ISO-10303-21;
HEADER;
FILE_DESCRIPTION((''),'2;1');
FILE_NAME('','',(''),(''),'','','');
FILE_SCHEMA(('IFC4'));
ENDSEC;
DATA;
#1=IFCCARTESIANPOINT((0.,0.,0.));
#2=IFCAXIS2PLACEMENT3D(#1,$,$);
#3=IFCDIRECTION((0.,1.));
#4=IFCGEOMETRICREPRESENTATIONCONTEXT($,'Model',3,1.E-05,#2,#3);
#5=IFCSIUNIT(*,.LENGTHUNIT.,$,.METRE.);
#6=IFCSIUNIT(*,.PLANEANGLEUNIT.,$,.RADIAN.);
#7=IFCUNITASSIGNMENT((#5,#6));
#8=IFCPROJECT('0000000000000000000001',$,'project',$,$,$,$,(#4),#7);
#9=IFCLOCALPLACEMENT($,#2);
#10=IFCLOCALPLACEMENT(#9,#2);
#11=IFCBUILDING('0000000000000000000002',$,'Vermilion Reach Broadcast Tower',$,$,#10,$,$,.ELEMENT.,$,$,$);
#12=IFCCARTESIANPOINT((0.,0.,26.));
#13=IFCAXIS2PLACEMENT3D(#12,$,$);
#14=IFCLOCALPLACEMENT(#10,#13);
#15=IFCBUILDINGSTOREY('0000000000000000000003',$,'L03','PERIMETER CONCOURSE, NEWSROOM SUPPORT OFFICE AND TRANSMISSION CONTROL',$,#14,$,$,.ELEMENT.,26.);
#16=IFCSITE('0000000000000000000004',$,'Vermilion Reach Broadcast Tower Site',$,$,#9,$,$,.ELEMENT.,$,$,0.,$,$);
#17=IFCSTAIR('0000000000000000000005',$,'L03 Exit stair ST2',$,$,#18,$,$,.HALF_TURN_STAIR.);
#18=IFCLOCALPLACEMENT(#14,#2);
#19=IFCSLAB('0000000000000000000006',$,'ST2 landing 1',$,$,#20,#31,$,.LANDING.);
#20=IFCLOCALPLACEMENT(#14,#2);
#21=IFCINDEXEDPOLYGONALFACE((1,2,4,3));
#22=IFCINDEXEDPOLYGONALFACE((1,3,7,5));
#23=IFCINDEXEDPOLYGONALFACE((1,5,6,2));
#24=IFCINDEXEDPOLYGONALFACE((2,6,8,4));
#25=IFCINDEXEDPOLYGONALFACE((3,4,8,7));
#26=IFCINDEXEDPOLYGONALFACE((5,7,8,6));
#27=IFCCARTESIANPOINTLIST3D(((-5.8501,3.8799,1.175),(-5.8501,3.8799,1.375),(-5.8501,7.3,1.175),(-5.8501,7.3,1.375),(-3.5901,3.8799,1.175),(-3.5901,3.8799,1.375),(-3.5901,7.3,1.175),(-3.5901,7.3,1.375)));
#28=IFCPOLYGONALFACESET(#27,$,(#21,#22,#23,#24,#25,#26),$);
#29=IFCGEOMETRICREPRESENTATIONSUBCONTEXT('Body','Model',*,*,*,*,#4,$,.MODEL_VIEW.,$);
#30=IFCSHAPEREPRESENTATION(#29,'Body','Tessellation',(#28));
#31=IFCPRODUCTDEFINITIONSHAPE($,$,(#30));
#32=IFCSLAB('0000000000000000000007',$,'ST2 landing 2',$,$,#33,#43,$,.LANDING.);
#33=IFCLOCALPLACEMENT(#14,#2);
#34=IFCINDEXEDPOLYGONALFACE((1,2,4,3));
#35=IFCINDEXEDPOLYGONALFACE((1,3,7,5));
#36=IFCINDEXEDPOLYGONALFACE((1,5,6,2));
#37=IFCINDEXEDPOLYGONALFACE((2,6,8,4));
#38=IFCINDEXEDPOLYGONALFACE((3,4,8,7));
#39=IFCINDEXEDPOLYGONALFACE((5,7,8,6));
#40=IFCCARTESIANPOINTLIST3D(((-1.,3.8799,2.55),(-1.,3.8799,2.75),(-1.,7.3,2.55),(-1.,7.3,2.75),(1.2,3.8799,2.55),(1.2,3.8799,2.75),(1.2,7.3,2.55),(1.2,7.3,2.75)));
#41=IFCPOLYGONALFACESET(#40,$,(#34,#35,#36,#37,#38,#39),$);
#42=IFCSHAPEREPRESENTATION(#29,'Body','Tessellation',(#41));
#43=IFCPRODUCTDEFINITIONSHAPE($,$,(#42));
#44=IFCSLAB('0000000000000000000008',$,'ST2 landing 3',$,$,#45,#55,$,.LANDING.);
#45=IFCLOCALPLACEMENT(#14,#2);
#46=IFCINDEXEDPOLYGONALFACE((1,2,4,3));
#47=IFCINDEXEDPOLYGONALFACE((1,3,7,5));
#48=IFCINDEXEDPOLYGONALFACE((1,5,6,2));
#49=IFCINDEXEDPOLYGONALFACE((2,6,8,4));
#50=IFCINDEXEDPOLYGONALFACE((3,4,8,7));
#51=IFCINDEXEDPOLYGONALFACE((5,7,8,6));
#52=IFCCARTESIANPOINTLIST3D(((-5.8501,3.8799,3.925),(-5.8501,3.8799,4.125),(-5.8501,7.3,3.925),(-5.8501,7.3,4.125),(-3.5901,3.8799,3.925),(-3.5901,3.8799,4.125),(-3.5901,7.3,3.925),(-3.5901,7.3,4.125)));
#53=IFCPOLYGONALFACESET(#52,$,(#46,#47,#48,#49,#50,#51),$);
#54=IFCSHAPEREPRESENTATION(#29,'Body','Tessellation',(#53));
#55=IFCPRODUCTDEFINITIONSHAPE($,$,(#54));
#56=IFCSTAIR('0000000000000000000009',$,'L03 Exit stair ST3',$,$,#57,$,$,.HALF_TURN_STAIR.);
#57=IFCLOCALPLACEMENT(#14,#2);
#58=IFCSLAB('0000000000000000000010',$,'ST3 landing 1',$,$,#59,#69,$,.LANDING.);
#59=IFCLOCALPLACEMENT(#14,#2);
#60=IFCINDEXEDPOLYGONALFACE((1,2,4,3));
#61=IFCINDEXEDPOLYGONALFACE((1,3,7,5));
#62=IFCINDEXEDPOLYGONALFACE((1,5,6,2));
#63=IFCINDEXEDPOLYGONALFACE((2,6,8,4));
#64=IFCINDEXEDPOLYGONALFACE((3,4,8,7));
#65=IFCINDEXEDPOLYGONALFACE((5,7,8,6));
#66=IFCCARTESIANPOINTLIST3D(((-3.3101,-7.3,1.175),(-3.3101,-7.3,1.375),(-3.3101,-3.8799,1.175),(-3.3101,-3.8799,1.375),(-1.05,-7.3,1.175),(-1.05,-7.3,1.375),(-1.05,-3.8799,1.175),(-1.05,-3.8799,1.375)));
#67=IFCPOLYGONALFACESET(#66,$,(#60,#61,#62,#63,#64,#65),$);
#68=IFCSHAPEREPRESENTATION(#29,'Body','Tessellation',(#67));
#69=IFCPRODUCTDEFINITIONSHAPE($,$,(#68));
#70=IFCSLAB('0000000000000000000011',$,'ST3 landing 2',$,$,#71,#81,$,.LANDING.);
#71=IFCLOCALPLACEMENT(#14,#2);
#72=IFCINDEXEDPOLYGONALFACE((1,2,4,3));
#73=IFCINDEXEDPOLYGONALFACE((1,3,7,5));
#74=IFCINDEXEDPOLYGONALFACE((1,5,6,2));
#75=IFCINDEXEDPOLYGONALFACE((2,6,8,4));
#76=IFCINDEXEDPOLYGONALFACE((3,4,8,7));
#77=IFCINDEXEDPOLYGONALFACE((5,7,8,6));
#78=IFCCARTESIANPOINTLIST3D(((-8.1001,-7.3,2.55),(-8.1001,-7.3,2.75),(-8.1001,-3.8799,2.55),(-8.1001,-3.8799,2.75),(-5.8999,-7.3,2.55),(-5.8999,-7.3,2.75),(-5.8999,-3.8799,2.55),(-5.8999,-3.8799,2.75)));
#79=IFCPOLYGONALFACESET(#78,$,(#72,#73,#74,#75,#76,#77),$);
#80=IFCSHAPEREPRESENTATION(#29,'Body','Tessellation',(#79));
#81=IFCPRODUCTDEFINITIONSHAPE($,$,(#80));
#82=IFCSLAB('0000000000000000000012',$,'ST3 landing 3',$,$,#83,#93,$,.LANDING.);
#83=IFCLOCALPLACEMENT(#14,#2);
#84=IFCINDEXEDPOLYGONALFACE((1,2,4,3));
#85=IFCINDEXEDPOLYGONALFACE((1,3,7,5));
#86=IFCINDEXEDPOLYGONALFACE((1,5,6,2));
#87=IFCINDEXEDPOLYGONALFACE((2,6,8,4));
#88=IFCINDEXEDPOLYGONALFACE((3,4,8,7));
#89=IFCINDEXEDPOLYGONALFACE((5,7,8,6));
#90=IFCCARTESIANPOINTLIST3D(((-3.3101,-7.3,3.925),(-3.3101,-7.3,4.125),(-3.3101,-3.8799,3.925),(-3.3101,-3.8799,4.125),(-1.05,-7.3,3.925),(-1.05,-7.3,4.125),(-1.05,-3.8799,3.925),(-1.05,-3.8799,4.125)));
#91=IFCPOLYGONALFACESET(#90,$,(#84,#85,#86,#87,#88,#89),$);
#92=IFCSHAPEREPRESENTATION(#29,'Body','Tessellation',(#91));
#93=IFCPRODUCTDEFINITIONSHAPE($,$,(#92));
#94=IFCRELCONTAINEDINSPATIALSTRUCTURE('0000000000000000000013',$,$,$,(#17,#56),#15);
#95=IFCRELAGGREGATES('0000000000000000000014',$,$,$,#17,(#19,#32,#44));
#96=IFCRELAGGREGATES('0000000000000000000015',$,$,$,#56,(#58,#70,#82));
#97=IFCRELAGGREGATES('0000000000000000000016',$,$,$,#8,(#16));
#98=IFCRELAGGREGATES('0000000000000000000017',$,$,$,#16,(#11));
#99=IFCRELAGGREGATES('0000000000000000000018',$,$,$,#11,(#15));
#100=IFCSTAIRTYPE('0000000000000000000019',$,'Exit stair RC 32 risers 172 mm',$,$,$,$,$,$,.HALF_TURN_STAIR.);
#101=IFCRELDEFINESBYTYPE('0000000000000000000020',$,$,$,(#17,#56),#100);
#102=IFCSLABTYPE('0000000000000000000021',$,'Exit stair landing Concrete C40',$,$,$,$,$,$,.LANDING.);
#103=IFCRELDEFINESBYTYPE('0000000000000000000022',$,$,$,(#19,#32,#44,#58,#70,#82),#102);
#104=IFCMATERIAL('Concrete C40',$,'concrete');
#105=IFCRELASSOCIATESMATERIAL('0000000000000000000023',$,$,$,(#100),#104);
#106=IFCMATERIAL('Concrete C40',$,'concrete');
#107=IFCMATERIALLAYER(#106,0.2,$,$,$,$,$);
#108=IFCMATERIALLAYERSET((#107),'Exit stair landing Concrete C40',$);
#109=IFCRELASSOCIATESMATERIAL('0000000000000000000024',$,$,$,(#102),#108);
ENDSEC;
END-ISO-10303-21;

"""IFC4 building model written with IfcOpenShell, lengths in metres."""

from ifc_helpers import new_model, si_unit, direction, frame, origin, place, context, subcontext, project, spatial, polyline, outline, extrude, material, layer, layer_set, type_object, element, aggregate, save


model = new_model("IFC4")

# Units and contexts
model_context = context("Model", 3, precision=1e-05, world=origin(), true_north=direction((0.0, 1.0)))
body_context = subcontext(model_context, "Body", "Model", "MODEL_VIEW")
ifc_project = project(units=[si_unit("LENGTHUNIT", "METRE"), si_unit("PLANEANGLEUNIT", "RADIAN")], contexts=[model_context])

# Site, building, storey
site_placement = place(None, origin())
site = spatial("IfcSite", under=ifc_project, at=site_placement, Name="Vermilion Reach Broadcast Tower Site", CompositionType="ELEMENT", RefElevation=0.0)
building_placement = place(site_placement, origin())
building = spatial("IfcBuilding", under=site, at=building_placement, Name="Vermilion Reach Broadcast Tower", CompositionType="ELEMENT")
storey_placement = place(building_placement, frame((0.0, 0.0, 26.0)))
storey = spatial("IfcBuildingStorey", under=building, at=storey_placement, Name="L03", Description="PERIMETER CONCOURSE, NEWSROOM SUPPORT OFFICE AND TRANSMISSION CONTROL", CompositionType="ELEMENT", Elevation=26.0)

# Stairs, slabs
ifc_material_1 = material(Name="Concrete C40", Category="concrete")
stair_type = type_object("IfcStairType", Name="Exit stair RC 32 risers 172 mm", PredefinedType="HALF_TURN_STAIR", material=ifc_material_1)
placement_1 = place(storey_placement, origin())
ifc_material_2 = material(Name="Concrete C40", Category="concrete")
ifc_layer_1 = layer(ifc_material_2, 0.2)
ifc_layer_set_1 = layer_set([ifc_layer_1], Name="Exit stair landing Concrete C40")
slab_type_1 = type_object("IfcSlabType", Name="Exit stair landing Concrete C40", PredefinedType="LANDING", material=ifc_layer_set_1)
placement_2 = place(storey_placement, frame((0.0, 0.0, 1.175)))
placement_3 = place(storey_placement, frame((0.0, 0.0, 2.55)))
placement_4 = place(storey_placement, frame((0.0, 0.0, 3.925)))
stair_1 = element("IfcStair", 1, at=placement_1, inside=storey, type_object=stair_type, Name="L03 Exit stair ST2", PredefinedType="HALF_TURN_STAIR")
slab_1 = element("IfcSlab", 2, at=placement_2, type_object=slab_type_1, Name="ST2 landing 1", PredefinedType="LANDING", context=body_context, shape_type="SweptSolid", body=[
    extrude(outline(polyline([(-3.5901, 7.3), (-5.8501, 7.3), (-5.8501, 3.8799), (-3.5901, 3.8799), (-3.5901, 7.3)])), origin(), (0.0, 0.0, 1.0), 0.2),
])
slab_2 = element("IfcSlab", 3, at=placement_3, type_object=slab_type_1, Name="ST2 landing 2", PredefinedType="LANDING", context=body_context, shape_type="SweptSolid", body=[
    extrude(outline(polyline([(1.2, 7.3), (-1.0, 7.3), (-1.0, 3.8799), (1.2, 3.8799), (1.2, 7.3)])), origin(), (0.0, 0.0, 1.0), 0.2),
])
slab_3 = element("IfcSlab", 4, at=placement_4, type_object=slab_type_1, Name="ST2 landing 3", PredefinedType="LANDING", context=body_context, shape_type="SweptSolid", body=[
    extrude(outline(polyline([(-3.5901, 7.3), (-5.8501, 7.3), (-5.8501, 3.8799), (-3.5901, 3.8799), (-3.5901, 7.3)])), origin(), (0.0, 0.0, 1.0), 0.2),
])
aggregate(stair_1, [slab_1, slab_2, slab_3])
stair_2 = element("IfcStair", 5, at=placement_1, inside=storey, type_object=stair_type, Name="L03 Exit stair ST3", PredefinedType="HALF_TURN_STAIR")
slab_4 = element("IfcSlab", 6, at=placement_2, type_object=slab_type_1, Name="ST3 landing 1", PredefinedType="LANDING", context=body_context, shape_type="SweptSolid", body=[
    extrude(outline(polyline([(-3.3101, -7.3), (-1.05, -7.3), (-1.05, -3.8799), (-3.3101, -3.8799), (-3.3101, -7.3)])), origin(), (0.0, 0.0, 1.0), 0.2),
])
slab_5 = element("IfcSlab", 7, at=placement_3, type_object=slab_type_1, Name="ST3 landing 2", PredefinedType="LANDING", context=body_context, shape_type="SweptSolid", body=[
    extrude(outline(polyline([(-8.1001, -7.3), (-5.8999, -7.3), (-5.8999, -3.8799), (-8.1001, -3.8799), (-8.1001, -7.3)])), origin(), (0.0, 0.0, 1.0), 0.2),
])
slab_6 = element("IfcSlab", 8, at=placement_4, type_object=slab_type_1, Name="ST3 landing 3", PredefinedType="LANDING", context=body_context, shape_type="SweptSolid", body=[
    extrude(outline(polyline([(-3.3101, -7.3), (-1.05, -7.3), (-1.05, -3.8799), (-3.3101, -3.8799), (-3.3101, -7.3)])), origin(), (0.0, 0.0, 1.0), 0.2),
])

aggregate(stair_2, [slab_4, slab_5, slab_6])

save(model, "model.ifc")
